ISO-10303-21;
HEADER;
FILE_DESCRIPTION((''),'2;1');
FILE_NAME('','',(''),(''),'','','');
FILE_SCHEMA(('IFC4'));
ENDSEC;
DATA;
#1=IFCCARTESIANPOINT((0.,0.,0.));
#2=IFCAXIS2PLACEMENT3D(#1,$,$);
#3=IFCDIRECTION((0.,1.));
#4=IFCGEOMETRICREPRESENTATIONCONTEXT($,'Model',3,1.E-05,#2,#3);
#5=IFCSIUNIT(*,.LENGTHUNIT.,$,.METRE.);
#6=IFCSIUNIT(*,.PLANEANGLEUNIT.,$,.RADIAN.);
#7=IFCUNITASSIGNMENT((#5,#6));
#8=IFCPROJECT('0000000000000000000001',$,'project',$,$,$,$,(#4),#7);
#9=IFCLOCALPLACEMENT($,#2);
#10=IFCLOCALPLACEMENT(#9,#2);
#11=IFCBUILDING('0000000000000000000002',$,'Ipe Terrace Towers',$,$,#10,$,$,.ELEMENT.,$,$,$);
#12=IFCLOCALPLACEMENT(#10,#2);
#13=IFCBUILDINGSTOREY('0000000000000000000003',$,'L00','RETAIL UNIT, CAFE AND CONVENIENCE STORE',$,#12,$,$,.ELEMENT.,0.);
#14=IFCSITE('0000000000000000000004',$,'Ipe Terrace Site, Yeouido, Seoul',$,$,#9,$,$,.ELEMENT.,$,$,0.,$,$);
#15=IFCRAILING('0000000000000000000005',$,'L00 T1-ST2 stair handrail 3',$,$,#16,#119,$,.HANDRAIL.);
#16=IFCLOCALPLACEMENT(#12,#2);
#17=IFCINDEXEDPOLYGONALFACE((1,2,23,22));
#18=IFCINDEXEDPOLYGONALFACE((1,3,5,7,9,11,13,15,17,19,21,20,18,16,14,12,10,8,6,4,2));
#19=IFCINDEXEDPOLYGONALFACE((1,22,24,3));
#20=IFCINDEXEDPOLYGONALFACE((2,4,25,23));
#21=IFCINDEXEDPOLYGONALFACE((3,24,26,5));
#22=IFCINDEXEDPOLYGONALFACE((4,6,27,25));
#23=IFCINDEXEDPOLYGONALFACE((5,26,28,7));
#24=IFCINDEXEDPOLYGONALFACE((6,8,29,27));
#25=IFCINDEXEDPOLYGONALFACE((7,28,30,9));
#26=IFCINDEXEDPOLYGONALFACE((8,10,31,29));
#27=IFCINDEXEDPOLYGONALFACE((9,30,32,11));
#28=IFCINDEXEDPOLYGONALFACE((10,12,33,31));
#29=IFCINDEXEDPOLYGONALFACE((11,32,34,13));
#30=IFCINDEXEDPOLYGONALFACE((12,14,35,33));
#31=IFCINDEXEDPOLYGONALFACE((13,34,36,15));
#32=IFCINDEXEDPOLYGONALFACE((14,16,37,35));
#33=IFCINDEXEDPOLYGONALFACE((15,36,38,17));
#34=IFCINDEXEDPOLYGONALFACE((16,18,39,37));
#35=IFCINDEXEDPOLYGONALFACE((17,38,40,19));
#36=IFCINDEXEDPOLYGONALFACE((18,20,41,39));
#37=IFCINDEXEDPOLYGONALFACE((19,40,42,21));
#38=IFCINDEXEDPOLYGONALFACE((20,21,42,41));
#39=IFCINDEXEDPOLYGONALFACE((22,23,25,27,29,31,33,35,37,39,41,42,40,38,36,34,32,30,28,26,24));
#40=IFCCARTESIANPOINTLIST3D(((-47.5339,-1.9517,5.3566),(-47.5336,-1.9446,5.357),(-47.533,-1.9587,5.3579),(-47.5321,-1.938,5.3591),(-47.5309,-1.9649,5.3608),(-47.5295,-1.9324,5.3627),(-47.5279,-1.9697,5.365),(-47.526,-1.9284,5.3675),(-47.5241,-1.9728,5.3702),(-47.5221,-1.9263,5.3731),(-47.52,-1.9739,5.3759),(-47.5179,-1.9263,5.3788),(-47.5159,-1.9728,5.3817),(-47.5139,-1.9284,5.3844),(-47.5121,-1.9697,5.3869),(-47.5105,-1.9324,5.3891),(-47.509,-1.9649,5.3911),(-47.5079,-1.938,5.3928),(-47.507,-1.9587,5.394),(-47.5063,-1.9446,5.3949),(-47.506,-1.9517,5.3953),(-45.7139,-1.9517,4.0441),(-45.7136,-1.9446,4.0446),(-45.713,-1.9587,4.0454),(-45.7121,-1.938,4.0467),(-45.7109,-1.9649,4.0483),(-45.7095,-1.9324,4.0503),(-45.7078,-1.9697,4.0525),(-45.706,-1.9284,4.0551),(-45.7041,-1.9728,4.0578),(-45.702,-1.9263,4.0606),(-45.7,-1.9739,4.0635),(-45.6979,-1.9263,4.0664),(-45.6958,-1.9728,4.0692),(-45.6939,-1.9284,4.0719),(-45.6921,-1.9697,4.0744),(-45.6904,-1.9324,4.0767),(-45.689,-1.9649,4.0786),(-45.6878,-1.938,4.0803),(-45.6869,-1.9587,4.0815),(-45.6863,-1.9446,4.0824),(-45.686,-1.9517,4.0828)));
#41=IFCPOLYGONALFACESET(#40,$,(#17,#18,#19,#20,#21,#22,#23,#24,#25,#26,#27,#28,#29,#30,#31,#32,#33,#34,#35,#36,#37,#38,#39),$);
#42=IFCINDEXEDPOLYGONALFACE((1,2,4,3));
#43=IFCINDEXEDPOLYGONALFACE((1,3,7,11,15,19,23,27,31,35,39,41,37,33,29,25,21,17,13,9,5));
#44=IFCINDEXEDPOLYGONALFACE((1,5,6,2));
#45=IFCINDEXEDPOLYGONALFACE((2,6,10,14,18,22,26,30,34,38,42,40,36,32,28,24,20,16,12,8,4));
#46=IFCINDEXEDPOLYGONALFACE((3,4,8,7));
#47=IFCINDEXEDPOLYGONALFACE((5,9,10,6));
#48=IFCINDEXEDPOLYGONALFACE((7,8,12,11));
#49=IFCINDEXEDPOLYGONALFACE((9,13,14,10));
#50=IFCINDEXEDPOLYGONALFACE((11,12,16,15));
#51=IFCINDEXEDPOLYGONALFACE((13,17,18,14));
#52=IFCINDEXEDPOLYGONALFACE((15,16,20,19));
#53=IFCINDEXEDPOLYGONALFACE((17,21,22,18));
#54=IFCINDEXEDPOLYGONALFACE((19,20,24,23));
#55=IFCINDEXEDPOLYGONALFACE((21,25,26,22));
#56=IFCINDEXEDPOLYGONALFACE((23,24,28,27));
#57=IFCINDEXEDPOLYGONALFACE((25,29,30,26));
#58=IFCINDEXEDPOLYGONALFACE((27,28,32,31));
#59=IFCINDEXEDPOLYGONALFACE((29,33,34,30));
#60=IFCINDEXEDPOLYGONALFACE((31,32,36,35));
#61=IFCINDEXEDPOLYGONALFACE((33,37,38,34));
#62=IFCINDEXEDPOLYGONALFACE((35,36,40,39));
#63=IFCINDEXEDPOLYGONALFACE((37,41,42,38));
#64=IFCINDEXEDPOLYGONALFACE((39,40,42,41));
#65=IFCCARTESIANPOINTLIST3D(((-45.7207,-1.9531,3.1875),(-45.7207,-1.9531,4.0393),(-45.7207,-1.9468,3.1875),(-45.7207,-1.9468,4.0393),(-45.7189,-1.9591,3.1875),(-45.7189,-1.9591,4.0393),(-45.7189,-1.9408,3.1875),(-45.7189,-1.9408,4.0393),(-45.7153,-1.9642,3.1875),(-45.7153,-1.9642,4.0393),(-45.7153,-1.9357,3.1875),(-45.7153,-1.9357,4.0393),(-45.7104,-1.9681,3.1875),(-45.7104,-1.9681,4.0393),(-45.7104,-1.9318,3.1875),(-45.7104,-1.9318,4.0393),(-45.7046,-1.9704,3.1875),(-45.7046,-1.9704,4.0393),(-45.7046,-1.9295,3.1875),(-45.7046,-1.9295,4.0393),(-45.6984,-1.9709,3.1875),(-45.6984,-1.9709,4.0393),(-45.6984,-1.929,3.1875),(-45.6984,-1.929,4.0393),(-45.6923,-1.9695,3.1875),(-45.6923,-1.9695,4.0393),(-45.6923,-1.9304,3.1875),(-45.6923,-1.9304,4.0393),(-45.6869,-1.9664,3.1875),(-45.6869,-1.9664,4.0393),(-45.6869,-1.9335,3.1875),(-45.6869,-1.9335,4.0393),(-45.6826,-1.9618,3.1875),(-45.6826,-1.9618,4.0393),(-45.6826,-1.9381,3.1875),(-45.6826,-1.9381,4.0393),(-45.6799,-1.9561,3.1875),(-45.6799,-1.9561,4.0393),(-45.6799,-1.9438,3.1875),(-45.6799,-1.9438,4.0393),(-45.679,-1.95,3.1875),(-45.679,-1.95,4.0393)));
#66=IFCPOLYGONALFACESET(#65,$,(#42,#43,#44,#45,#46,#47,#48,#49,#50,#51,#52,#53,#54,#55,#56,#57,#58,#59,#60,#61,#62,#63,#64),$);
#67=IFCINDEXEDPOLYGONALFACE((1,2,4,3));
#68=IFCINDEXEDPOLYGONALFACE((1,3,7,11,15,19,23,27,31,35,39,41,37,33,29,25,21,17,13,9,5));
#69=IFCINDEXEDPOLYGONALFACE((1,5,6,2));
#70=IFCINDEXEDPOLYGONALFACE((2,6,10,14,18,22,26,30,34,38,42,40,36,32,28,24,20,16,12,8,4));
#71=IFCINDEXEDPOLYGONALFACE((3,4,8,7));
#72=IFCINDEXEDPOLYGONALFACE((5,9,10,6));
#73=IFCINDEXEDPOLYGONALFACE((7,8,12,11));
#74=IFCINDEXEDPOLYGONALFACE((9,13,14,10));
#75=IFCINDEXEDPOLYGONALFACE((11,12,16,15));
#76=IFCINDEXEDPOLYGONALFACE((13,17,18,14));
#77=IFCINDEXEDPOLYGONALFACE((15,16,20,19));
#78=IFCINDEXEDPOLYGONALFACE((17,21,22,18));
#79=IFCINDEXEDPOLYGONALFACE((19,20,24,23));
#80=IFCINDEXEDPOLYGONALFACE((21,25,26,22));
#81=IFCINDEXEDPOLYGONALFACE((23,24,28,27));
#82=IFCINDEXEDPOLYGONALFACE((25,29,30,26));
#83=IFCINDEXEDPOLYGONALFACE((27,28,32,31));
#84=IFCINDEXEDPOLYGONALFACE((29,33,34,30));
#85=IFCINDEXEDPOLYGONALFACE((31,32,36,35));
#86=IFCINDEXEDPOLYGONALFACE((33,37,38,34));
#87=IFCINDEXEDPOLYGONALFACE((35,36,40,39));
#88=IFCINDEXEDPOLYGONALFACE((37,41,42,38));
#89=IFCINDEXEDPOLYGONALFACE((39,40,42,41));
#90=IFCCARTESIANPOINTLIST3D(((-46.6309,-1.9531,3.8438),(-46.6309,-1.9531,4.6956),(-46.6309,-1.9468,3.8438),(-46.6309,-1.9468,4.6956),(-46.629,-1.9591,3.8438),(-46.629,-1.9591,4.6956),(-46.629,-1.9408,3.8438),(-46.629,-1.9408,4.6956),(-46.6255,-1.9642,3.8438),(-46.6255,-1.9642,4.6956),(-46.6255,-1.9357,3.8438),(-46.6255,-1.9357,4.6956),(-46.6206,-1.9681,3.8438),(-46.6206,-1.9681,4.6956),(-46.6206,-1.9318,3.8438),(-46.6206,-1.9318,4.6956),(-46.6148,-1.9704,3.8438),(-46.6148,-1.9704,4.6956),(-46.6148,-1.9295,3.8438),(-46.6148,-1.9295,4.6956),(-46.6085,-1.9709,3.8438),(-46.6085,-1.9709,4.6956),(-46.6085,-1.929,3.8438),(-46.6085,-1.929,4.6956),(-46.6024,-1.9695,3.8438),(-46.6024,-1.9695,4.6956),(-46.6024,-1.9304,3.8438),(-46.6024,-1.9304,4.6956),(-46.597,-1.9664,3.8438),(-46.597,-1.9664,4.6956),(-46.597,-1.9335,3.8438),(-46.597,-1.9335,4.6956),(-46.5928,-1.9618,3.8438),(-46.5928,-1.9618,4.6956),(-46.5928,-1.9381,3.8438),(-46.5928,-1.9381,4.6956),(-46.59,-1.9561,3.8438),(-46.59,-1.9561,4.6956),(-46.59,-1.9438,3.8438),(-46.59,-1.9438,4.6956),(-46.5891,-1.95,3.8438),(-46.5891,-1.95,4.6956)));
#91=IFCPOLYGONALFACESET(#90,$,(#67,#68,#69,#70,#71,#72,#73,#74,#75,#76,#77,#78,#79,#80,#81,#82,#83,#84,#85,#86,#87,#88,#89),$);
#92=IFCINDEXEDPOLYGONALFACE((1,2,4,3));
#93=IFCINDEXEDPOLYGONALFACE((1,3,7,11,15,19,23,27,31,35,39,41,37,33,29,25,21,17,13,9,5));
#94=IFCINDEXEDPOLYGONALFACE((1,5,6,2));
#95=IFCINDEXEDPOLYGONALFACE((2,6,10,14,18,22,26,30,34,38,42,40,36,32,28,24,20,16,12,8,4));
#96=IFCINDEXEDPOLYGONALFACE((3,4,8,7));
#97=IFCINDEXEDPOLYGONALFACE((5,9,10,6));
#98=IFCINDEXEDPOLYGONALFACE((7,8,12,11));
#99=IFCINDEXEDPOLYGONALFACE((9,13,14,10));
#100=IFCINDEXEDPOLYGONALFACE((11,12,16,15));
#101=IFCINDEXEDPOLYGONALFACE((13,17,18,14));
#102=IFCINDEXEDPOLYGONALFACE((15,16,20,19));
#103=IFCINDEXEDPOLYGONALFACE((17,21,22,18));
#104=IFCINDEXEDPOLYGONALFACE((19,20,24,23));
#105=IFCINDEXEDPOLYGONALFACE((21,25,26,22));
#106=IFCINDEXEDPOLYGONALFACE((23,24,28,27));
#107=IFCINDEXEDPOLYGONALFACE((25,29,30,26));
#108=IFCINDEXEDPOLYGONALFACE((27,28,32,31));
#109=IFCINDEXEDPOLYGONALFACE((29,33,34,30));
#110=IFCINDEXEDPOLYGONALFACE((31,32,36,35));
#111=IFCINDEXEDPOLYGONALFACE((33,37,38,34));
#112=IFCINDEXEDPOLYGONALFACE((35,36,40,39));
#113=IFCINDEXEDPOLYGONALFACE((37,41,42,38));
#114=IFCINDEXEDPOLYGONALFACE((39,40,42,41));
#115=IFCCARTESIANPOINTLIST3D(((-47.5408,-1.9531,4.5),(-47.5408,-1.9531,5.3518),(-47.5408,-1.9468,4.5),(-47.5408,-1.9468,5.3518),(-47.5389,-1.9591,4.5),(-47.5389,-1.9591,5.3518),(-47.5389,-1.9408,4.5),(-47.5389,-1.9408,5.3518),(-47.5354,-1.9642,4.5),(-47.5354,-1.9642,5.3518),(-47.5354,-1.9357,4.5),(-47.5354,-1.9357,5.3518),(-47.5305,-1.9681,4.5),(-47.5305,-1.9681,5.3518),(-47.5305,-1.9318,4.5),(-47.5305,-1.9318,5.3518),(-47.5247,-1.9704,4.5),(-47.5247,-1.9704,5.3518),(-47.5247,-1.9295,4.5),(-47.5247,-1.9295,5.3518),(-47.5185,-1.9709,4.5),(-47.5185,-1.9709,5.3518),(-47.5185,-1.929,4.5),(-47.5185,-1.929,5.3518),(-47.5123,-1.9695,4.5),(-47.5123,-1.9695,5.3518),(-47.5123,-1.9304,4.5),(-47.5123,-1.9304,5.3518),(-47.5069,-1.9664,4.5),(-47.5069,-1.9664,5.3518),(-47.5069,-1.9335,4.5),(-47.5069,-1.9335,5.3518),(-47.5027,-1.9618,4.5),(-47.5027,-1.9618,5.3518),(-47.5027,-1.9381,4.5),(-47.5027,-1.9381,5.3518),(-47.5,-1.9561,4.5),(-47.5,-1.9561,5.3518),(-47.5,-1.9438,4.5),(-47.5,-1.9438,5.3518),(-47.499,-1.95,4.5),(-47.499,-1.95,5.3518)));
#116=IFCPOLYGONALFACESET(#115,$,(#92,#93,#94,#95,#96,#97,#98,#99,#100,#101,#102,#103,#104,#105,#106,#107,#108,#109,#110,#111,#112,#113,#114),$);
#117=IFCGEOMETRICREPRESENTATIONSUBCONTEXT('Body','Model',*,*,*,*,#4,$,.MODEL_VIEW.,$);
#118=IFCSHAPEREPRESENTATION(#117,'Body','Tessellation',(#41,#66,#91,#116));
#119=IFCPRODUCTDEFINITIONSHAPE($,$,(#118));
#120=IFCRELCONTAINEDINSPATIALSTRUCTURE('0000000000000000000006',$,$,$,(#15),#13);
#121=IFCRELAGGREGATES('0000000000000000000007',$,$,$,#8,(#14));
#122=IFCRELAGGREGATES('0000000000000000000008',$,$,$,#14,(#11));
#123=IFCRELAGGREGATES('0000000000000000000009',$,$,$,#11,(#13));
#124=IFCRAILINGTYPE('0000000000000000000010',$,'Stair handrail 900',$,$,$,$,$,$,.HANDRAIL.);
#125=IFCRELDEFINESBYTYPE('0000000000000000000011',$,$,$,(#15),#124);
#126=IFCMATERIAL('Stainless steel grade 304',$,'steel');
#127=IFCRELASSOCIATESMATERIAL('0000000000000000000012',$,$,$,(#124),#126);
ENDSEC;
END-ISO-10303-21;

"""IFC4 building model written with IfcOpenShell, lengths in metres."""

from ifc_helpers import new_model, si_unit, direction, frame, origin, origin_2d, place, context, subcontext, project, spatial, circle, extrude, material, type_object, element, save


model = new_model("IFC4")

# Units and contexts
model_context = context("Model", 3, precision=1e-05, world=origin(), true_north=direction((0.0, 1.0)))
body_context = subcontext(model_context, "Body", "Model", "MODEL_VIEW")
ifc_project = project(units=[si_unit("LENGTHUNIT", "METRE"), si_unit("PLANEANGLEUNIT", "RADIAN")], contexts=[model_context])

# Site, building, storey
site_placement = place(None, origin())
site = spatial("IfcSite", under=ifc_project, at=site_placement, Name="Ipe Terrace Site, Yeouido, Seoul", CompositionType="ELEMENT", RefElevation=0.0)
building_placement = place(site_placement, origin())
building = spatial("IfcBuilding", under=site, at=building_placement, Name="Ipe Terrace Towers", CompositionType="ELEMENT")
storey_placement = place(building_placement, origin())
storey = spatial("IfcBuildingStorey", under=building, at=storey_placement, Name="L00", Description="RETAIL UNIT, CAFE AND CONVENIENCE STORE", CompositionType="ELEMENT", Elevation=0.0)

# Railing
ifc_material_1 = material(Name="Stainless steel grade 304", Category="steel")
railing_type_1 = type_object("IfcRailingType", Name="Stair handrail 900", PredefinedType="HANDRAIL", material=ifc_material_1)
railing_1_placement = place(storey_placement, frame((-45.7, -1.95, 3.1875)))
element("IfcRailing", 1, at=railing_1_placement, inside=storey, type_object=railing_type_1, Name="L00 T1-ST2 stair handrail 3", PredefinedType="HANDRAIL", context=body_context, shape_type="SweptSolid", body=[
    extrude(circle(Radius=0.0239, at=origin_2d()), frame((0.0, 0.0, 0.876), z_axis=(-0.811101, 0.0, 0.584906), x_axis=(0.0, -1.0, 0.0)), (0.0, 0.0, 1.0), 2.2439),
    extrude(circle(Radius=0.021, at=origin_2d()), origin(), (0.0, 0.0, 1.0), 0.8518),
    extrude(circle(Radius=0.021, at=origin_2d()), frame((-0.9102, 0.0, 0.6562)), (0.0, 0.0, 1.0), 0.8518),
    extrude(circle(Radius=0.021, at=origin_2d()), frame((-1.8201, 0.0, 1.3125)), (0.0, 0.0, 1.0), 0.8518),
])

save(model, "model.ifc")
